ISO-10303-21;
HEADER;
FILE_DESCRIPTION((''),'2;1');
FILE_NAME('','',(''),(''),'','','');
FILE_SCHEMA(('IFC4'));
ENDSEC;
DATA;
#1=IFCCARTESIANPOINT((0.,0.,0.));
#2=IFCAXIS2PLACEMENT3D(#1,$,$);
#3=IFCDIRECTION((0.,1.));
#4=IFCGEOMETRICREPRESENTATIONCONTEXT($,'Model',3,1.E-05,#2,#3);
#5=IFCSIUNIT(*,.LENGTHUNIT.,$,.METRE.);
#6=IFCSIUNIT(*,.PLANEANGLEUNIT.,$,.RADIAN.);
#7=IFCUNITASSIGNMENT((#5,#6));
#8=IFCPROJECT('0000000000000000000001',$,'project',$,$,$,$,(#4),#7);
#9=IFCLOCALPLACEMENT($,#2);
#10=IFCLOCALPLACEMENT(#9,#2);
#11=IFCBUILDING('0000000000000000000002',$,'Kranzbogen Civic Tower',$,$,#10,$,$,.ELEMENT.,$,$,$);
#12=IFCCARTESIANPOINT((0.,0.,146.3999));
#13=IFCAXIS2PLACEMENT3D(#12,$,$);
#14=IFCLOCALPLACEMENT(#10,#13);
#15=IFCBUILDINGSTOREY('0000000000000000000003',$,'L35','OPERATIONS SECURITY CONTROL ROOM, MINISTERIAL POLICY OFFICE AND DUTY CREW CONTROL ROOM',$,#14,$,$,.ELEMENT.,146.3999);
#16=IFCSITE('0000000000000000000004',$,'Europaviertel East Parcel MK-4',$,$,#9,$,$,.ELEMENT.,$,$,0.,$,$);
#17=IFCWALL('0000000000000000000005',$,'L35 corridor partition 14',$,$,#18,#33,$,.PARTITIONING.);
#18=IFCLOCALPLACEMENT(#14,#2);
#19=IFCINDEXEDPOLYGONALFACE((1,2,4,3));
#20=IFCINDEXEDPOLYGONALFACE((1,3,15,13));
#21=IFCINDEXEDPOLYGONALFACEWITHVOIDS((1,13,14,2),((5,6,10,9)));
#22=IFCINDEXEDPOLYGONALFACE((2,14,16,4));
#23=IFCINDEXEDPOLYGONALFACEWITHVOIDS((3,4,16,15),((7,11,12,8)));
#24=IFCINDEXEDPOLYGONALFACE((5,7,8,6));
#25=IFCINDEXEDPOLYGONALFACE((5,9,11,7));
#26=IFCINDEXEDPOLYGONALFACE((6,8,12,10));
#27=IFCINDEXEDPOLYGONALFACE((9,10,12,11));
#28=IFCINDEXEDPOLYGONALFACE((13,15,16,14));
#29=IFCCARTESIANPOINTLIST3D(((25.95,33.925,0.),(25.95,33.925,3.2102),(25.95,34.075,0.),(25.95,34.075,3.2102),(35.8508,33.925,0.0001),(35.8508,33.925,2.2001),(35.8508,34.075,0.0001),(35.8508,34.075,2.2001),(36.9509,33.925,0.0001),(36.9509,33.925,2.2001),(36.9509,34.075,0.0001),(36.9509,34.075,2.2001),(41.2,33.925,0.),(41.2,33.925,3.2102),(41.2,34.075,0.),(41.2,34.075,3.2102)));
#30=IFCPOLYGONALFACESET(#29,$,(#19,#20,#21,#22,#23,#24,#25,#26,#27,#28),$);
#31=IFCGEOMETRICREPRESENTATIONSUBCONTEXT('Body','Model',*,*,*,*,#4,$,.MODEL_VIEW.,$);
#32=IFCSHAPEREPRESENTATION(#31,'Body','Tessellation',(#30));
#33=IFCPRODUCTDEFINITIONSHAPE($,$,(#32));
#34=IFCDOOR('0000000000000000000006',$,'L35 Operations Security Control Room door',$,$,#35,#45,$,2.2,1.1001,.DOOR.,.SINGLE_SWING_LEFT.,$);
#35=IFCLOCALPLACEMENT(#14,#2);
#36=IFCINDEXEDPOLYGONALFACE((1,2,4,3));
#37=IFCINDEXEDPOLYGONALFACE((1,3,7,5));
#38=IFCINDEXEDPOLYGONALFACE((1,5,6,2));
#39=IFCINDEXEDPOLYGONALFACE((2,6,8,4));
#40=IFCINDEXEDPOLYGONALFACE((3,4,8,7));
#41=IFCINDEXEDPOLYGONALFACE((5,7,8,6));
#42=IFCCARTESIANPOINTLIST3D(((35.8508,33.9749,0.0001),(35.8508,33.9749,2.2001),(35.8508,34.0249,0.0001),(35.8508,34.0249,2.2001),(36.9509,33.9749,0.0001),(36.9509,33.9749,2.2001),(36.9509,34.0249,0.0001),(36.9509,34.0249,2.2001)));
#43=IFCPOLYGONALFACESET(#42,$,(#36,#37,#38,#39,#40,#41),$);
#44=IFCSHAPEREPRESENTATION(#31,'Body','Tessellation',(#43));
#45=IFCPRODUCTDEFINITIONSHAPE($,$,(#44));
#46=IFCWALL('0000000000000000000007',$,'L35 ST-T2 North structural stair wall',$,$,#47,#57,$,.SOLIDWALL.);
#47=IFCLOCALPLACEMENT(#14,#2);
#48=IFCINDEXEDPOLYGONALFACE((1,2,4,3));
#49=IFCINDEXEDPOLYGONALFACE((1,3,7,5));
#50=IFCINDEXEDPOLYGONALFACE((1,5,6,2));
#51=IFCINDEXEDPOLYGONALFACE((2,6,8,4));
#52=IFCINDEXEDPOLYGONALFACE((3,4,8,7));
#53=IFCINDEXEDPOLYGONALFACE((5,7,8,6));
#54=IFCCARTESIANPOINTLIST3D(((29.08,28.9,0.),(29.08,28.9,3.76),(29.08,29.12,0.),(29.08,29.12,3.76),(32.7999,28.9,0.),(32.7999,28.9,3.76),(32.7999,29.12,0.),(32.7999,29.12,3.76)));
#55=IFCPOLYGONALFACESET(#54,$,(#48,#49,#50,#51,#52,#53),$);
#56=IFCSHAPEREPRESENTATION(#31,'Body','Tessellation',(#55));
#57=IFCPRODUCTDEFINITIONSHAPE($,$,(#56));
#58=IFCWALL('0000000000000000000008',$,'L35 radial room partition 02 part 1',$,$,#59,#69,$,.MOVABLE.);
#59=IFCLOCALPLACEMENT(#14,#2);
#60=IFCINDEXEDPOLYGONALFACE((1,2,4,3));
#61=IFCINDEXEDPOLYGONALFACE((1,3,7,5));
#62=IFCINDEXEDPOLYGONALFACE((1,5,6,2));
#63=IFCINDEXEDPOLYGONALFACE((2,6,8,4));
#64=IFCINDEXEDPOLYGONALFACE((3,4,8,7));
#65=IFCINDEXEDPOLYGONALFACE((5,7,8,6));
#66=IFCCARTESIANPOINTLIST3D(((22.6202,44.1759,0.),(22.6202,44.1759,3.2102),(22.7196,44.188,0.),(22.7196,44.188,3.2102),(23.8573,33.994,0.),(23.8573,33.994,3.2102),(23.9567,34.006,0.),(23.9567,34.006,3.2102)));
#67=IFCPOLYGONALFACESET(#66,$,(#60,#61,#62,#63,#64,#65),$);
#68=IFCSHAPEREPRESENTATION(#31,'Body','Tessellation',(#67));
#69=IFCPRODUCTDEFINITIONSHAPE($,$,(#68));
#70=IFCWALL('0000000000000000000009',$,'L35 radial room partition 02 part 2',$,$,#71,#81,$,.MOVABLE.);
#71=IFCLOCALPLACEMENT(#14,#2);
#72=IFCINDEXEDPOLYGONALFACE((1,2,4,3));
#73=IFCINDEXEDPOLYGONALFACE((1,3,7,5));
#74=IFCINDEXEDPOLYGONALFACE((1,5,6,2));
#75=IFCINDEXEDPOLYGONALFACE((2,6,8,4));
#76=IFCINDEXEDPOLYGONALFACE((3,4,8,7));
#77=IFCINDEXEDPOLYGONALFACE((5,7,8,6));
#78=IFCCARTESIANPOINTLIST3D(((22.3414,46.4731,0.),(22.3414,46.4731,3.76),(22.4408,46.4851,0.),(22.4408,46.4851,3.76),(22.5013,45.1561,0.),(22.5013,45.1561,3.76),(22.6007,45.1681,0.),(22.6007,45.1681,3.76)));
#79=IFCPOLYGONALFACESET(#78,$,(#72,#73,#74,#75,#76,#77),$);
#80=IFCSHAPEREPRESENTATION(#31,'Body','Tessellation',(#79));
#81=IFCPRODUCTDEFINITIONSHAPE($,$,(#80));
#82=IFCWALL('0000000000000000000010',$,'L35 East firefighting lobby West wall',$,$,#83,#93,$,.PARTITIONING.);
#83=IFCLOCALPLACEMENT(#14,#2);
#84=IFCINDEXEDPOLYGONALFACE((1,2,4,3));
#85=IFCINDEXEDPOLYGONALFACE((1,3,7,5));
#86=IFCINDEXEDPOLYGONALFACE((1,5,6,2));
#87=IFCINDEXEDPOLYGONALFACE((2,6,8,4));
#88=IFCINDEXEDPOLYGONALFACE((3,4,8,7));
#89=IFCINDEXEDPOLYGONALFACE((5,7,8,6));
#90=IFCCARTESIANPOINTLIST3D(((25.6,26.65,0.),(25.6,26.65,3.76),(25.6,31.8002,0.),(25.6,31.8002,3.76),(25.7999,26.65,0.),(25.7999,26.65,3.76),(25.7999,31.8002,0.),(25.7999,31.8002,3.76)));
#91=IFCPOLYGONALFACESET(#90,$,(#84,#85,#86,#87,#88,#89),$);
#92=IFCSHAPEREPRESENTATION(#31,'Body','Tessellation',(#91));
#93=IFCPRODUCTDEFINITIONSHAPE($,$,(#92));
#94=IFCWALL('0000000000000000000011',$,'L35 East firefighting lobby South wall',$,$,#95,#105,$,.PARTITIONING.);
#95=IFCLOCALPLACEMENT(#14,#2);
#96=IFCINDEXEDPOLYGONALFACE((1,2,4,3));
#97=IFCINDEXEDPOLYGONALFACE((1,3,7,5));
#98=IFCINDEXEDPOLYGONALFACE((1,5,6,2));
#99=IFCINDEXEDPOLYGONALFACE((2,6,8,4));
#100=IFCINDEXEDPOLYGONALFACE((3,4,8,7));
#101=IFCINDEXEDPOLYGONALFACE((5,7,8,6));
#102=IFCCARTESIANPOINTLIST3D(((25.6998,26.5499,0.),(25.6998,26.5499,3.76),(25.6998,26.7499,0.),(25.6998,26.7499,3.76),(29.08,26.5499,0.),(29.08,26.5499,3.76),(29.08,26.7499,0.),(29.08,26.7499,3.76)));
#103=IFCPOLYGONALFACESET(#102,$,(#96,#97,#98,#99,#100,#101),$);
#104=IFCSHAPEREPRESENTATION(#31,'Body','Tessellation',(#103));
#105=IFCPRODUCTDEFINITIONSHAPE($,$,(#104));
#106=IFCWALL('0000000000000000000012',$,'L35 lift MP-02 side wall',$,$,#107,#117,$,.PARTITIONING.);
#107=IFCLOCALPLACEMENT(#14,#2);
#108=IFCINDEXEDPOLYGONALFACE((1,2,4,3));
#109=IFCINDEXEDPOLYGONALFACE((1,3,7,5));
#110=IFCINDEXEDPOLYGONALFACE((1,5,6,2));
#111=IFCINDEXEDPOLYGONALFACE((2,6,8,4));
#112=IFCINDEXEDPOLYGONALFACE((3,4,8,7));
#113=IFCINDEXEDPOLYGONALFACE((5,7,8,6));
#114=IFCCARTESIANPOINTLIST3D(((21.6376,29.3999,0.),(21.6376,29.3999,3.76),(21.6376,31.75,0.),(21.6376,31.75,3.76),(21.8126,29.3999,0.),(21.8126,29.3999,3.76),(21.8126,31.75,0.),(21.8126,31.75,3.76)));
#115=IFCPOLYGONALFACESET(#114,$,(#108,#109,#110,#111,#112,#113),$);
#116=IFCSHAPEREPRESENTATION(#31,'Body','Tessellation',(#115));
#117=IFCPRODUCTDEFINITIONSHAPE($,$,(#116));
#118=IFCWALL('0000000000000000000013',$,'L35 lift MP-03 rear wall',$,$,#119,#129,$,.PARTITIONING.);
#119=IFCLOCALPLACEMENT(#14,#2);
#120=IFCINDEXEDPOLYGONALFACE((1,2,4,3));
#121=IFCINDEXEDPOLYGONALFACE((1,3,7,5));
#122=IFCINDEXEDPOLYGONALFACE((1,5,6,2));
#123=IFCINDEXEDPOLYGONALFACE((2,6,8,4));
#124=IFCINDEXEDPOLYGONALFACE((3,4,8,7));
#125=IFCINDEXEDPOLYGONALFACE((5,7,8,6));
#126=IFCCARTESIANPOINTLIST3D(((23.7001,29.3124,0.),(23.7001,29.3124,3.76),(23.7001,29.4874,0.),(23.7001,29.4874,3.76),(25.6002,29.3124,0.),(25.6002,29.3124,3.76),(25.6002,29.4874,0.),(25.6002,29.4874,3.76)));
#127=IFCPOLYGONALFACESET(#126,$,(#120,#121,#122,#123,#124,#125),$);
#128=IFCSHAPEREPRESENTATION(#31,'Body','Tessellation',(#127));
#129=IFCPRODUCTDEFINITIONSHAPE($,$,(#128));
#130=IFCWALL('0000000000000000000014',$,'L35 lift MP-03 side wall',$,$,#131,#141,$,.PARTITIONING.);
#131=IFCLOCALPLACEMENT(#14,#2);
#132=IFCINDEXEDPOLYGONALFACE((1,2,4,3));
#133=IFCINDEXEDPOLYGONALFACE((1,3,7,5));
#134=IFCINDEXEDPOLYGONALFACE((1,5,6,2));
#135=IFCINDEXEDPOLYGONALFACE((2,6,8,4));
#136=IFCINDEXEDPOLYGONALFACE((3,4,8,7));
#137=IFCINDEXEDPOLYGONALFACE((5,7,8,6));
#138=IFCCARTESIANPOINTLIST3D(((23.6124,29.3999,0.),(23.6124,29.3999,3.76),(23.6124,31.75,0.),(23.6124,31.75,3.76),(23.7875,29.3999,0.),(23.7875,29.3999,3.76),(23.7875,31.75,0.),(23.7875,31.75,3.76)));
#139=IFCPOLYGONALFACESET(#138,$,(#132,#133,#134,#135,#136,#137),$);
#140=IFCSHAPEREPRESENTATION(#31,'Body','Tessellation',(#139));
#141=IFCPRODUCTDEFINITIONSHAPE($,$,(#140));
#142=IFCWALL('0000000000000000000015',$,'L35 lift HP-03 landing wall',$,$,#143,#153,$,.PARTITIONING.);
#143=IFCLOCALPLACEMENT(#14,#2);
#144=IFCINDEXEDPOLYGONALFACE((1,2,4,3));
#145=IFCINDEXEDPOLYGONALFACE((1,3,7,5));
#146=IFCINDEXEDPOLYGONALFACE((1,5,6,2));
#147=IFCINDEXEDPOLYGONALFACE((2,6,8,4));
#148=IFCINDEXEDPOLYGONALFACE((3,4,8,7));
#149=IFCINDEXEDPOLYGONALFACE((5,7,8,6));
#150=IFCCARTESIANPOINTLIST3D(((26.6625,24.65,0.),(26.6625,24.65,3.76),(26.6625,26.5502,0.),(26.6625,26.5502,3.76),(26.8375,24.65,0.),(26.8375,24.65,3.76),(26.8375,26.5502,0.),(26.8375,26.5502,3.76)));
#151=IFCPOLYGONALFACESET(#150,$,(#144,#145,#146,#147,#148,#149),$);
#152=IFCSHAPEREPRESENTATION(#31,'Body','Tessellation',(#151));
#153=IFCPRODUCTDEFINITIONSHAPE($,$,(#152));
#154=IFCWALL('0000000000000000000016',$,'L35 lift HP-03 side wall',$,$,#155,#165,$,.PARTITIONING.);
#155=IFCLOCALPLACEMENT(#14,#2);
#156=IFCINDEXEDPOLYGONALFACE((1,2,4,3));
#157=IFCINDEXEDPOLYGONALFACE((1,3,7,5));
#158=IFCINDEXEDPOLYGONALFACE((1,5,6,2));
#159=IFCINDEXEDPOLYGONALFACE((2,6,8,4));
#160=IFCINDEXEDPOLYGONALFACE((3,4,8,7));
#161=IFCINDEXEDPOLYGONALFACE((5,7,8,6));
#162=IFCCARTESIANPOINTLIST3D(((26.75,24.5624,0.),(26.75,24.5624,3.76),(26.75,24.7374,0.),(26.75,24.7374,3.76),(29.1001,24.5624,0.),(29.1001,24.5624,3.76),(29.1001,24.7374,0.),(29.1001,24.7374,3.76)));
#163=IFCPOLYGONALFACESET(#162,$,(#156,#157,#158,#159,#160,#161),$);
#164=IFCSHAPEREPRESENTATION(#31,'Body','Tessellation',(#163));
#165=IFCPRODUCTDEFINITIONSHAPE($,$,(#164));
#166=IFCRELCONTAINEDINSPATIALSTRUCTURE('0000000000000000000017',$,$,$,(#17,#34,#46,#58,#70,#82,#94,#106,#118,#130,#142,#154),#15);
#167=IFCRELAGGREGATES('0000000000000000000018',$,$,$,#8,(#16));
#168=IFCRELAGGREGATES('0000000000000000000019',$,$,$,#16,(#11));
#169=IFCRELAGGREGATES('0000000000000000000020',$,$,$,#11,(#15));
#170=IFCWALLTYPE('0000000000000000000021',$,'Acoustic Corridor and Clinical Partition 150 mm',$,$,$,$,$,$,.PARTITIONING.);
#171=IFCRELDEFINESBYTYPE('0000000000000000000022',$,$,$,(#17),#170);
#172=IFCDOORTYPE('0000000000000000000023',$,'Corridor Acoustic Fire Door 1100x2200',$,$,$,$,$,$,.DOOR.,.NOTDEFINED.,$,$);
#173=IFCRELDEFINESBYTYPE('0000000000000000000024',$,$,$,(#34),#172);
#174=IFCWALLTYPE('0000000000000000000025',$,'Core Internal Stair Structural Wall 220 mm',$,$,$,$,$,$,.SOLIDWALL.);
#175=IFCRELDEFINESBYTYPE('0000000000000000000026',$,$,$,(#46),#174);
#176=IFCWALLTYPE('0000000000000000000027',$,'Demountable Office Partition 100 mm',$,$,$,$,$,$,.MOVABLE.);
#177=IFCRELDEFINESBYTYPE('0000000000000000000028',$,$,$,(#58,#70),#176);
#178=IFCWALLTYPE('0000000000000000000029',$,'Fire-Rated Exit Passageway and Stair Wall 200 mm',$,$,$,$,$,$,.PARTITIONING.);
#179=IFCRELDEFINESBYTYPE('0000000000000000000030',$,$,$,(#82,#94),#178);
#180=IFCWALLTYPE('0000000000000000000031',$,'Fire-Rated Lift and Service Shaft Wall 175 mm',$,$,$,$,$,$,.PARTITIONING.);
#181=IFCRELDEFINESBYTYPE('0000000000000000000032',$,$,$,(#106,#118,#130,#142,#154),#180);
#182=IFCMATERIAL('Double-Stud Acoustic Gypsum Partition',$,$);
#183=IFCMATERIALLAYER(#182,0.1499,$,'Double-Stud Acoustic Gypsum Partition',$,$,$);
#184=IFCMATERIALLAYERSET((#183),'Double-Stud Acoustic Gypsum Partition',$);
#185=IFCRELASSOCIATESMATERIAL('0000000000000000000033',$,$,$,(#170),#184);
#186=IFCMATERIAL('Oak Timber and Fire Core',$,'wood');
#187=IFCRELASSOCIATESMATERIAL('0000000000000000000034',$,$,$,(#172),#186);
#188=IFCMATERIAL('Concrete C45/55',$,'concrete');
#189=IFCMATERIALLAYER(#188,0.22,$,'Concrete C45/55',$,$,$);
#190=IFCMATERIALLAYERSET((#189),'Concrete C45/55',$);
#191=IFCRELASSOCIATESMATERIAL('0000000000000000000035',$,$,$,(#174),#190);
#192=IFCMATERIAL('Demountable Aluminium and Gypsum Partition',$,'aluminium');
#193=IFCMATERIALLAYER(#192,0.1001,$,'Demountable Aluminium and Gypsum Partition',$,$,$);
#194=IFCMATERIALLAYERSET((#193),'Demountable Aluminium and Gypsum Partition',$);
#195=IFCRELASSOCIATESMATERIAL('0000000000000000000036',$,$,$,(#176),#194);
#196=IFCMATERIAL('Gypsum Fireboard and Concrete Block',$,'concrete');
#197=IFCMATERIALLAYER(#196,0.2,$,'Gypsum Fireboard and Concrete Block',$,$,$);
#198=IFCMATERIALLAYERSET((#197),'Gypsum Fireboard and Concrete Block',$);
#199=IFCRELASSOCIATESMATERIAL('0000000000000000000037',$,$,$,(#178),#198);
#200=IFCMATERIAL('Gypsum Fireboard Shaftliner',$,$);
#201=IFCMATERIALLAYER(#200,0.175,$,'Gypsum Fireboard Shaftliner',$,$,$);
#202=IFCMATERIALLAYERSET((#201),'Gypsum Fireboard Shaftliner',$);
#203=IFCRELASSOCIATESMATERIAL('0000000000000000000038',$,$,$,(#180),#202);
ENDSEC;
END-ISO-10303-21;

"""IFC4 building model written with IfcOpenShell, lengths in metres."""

from ifc_helpers import new_model, si_unit, direction, frame, frame_2d, origin, place, context, subcontext, project, spatial, rectangle, extrude, material, layer, layer_set, type_object, element, fill, save


model = new_model("IFC4")

# Units and contexts
model_context = context("Model", 3, precision=1e-05, world=origin(), true_north=direction((0.0, 1.0)))
body_context = subcontext(model_context, "Body", "Model", "MODEL_VIEW")
ifc_project = project(units=[si_unit("LENGTHUNIT", "METRE"), si_unit("PLANEANGLEUNIT", "RADIAN")], contexts=[model_context])

# Site, building, storey
site_placement = place(None, origin())
site = spatial("IfcSite", under=ifc_project, at=site_placement, Name="Europaviertel East Parcel MK-4", CompositionType="ELEMENT", RefElevation=0.0)
building_placement = place(site_placement, origin())
building = spatial("IfcBuilding", under=site, at=building_placement, Name="Kranzbogen Civic Tower", CompositionType="ELEMENT")
storey_placement = place(building_placement, frame((0.0, 0.0, 146.3999)))
storey = spatial("IfcBuildingStorey", under=building, at=storey_placement, Name="L35", Description="OPERATIONS SECURITY CONTROL ROOM, MINISTERIAL POLICY OFFICE AND DUTY CREW CONTROL ROOM", CompositionType="ELEMENT", Elevation=146.3999)

# Shared definitions
ifc_material_1 = material(Name="Double-Stud Acoustic Gypsum Partition")
ifc_layer_1 = layer(ifc_material_1, 0.1499, Name="Double-Stud Acoustic Gypsum Partition")
ifc_layer_set_1 = layer_set([ifc_layer_1], Name="Double-Stud Acoustic Gypsum Partition")
wall_type_1 = type_object("IfcWallType", Name="Acoustic Corridor and Clinical Partition 150 mm", PredefinedType="PARTITIONING", material=ifc_layer_set_1)

# Shared definitions
ifc_material_2 = material(Name="Oak Timber and Fire Core", Category="wood")
door_type_1 = type_object("IfcDoorType", Name="Corridor Acoustic Fire Door 1100x2200", OperationType="NOTDEFINED", PredefinedType="DOOR", material=ifc_material_2)

# Wall, opening, door
wall_1_placement = place(storey_placement, frame((25.95, 34.0, 0.0), z_axis=(0.0, 0.0, 1.0), x_axis=(1.0, 0.0, 0.0)))
wall_1 = element("IfcWall", 1, at=wall_1_placement, inside=storey, type_object=wall_type_1, Name="L35 corridor partition 14", PredefinedType="PARTITIONING", context=body_context, shape_type="SweptSolid", body=[
    extrude(rectangle(XDim=15.25, YDim=0.1499, at=frame_2d((7.625, 0.0))), origin(), (0.0, 0.0, 1.0), 3.2102),
])
opening_1_placement = place(wall_1_placement, frame((9.9009, 0.0, 0.0)))
opening_1 = element("IfcOpeningElement", 2, at=opening_1_placement, cuts=wall_1, PredefinedType="OPENING", context=body_context, shape_type="SweptSolid", body=[
    extrude(rectangle(XDim=1.1001, YDim=2.2, at=frame_2d((0.55, 1.1001))), frame((0.0, 0.085, 0.0), z_axis=(0.0, -1.0, 0.0), x_axis=(1.0, 0.0, 0.0)), (0.0, 0.0, 1.0), 0.1699),
])
door_1_placement = place(opening_1_placement, origin())
door_1 = element("IfcDoor", 3, at=door_1_placement, inside=storey, type_object=door_type_1, Name="L35 Operations Security Control Room door", OperationType="SINGLE_SWING_LEFT", OverallHeight=2.2, OverallWidth=1.1001, PredefinedType="DOOR", context=body_context, shape_type="SweptSolid", body=[
    extrude(rectangle(XDim=1.1001, YDim=2.2, at=frame_2d((0.55, 1.1001))), frame((0.0, 0.0249, 0.0), z_axis=(0.0, -1.0, 0.0), x_axis=(1.0, 0.0, 0.0)), (0.0, 0.0, 1.0), 0.05),
])
fill(opening_1, door_1)

# Walls
ifc_material_3 = material(Name="Concrete C45/55", Category="concrete")
ifc_layer_2 = layer(ifc_material_3, 0.22, Name="Concrete C45/55")
ifc_layer_set_2 = layer_set([ifc_layer_2], Name="Concrete C45/55")
wall_type_2 = type_object("IfcWallType", Name="Core Internal Stair Structural Wall 220 mm", PredefinedType="SOLIDWALL", material=ifc_layer_set_2)
wall_2_placement = place(storey_placement, frame((29.0801, 29.01, 0.0), z_axis=(0.0, 0.0, 1.0), x_axis=(1.0, 0.0, 0.0)))
element("IfcWall", 4, at=wall_2_placement, inside=storey, type_object=wall_type_2, Name="L35 ST-T2 North structural stair wall", PredefinedType="SOLIDWALL", context=body_context, shape_type="SweptSolid", body=[
    extrude(rectangle(XDim=3.72, YDim=0.22, at=frame_2d((1.8599, 0.0))), origin(), (0.0, 0.0, 1.0), 3.76),
])
ifc_material_4 = material(Name="Demountable Aluminium and Gypsum Partition", Category="aluminium")
ifc_layer_3 = layer(ifc_material_4, 0.1001, Name="Demountable Aluminium and Gypsum Partition")
ifc_layer_set_3 = layer_set([ifc_layer_3], Name="Demountable Aluminium and Gypsum Partition")
wall_type_3 = type_object("IfcWallType", Name="Demountable Office Partition 100 mm", PredefinedType="MOVABLE", material=ifc_layer_set_3)
wall_3_placement = place(storey_placement, frame((23.907, 34.0, 0.0), z_axis=(0.0, 0.0, 1.0), x_axis=(-0.120609, 0.9927, 0.0)))
element("IfcWall", 5, at=wall_3_placement, inside=storey, type_object=wall_type_3, Name="L35 radial room partition 02 part 1", PredefinedType="MOVABLE", context=body_context, shape_type="SweptSolid", body=[
    extrude(rectangle(XDim=10.2568, YDim=0.1001, at=frame_2d((5.1284, 0.0))), origin(), (0.0, 0.0, 1.0), 3.2102),
])
wall_4_placement = place(storey_placement, frame((22.551, 45.1621, 0.0), z_axis=(0.0, 0.0, 1.0), x_axis=(-0.120546, 0.992708, 0.0)))
element("IfcWall", 6, at=wall_4_placement, inside=storey, type_object=wall_type_3, Name="L35 radial room partition 02 part 2", PredefinedType="MOVABLE", context=body_context, shape_type="SweptSolid", body=[
    extrude(rectangle(XDim=1.3267, YDim=0.1001, at=frame_2d((0.6633, 0.0))), origin(), (0.0, 0.0, 1.0), 3.76),
])
ifc_material_5 = material(Name="Gypsum Fireboard and Concrete Block", Category="concrete")
ifc_layer_4 = layer(ifc_material_5, 0.2, Name="Gypsum Fireboard and Concrete Block")
ifc_layer_set_4 = layer_set([ifc_layer_4], Name="Gypsum Fireboard and Concrete Block")
wall_type_4 = type_object("IfcWallType", Name="Fire-Rated Exit Passageway and Stair Wall 200 mm", PredefinedType="PARTITIONING", material=ifc_layer_set_4)
wall_5_placement = place(storey_placement, frame((25.7, 26.6499, 0.0), z_axis=(0.0, 0.0, 1.0), x_axis=(0.0, 1.0, 0.0)))
element("IfcWall", 7, at=wall_5_placement, inside=storey, type_object=wall_type_4, Name="L35 East firefighting lobby West wall", PredefinedType="PARTITIONING", context=body_context, shape_type="SweptSolid", body=[
    extrude(rectangle(XDim=5.1501, YDim=0.2, at=frame_2d((2.5752, 0.0))), origin(), (0.0, 0.0, 1.0), 3.76),
])
wall_6_placement = place(storey_placement, frame((25.7, 26.6499, 0.0), z_axis=(0.0, 0.0, 1.0), x_axis=(1.0, 0.0, 0.0)))
element("IfcWall", 8, at=wall_6_placement, inside=storey, type_object=wall_type_4, Name="L35 East firefighting lobby South wall", PredefinedType="PARTITIONING", context=body_context, shape_type="SweptSolid", body=[
    extrude(rectangle(XDim=3.3801, YDim=0.2, at=frame_2d((1.6899, 0.0))), origin(), (0.0, 0.0, 1.0), 3.76),
])
ifc_material_6 = material(Name="Gypsum Fireboard Shaftliner")
ifc_layer_5 = layer(ifc_material_6, 0.175, Name="Gypsum Fireboard Shaftliner")
ifc_layer_set_5 = layer_set([ifc_layer_5], Name="Gypsum Fireboard Shaftliner")
wall_type_5 = type_object("IfcWallType", Name="Fire-Rated Lift and Service Shaft Wall 175 mm", PredefinedType="PARTITIONING", material=ifc_layer_set_5)
wall_7_placement = place(storey_placement, frame((21.7251, 29.3999, 0.0), z_axis=(0.0, 0.0, 1.0), x_axis=(0.0, 1.0, 0.0)))
element("IfcWall", 9, at=wall_7_placement, inside=storey, type_object=wall_type_5, Name="L35 lift MP-02 side wall", PredefinedType="PARTITIONING", context=body_context, shape_type="SweptSolid", body=[
    extrude(rectangle(XDim=2.3501, YDim=0.175, at=frame_2d((1.175, 0.0))), origin(), (0.0, 0.0, 1.0), 3.76),
])
wall_8_placement = place(storey_placement, frame((23.7, 29.3999, 0.0), z_axis=(0.0, 0.0, 1.0), x_axis=(1.0, 0.0, 0.0)))
element("IfcWall", 10, at=wall_8_placement, inside=storey, type_object=wall_type_5, Name="L35 lift MP-03 rear wall", PredefinedType="PARTITIONING", context=body_context, shape_type="SweptSolid", body=[
    extrude(rectangle(XDim=1.9001, YDim=0.175, at=frame_2d((0.9502, 0.0))), origin(), (0.0, 0.0, 1.0), 3.76),
])
wall_9_placement = place(storey_placement, frame((23.7, 29.3999, 0.0), z_axis=(0.0, 0.0, 1.0), x_axis=(0.0, 1.0, 0.0)))
element("IfcWall", 11, at=wall_9_placement, inside=storey, type_object=wall_type_5, Name="L35 lift MP-03 side wall", PredefinedType="PARTITIONING", context=body_context, shape_type="SweptSolid", body=[
    extrude(rectangle(XDim=2.3501, YDim=0.175, at=frame_2d((1.175, 0.0))), origin(), (0.0, 0.0, 1.0), 3.76),
])
wall_10_placement = place(storey_placement, frame((26.75, 24.6499, 0.0), z_axis=(0.0, 0.0, 1.0), x_axis=(0.0, 1.0, 0.0)))
element("IfcWall", 12, at=wall_10_placement, inside=storey, type_object=wall_type_5, Name="L35 lift HP-03 landing wall", PredefinedType="PARTITIONING", context=body_context, shape_type="SweptSolid", body=[
    extrude(rectangle(XDim=1.9001, YDim=0.175, at=frame_2d((0.9502, 0.0))), origin(), (0.0, 0.0, 1.0), 3.76),
])
wall_11_placement = place(storey_placement, frame((26.75, 24.6499, 0.0), z_axis=(0.0, 0.0, 1.0), x_axis=(1.0, 0.0, 0.0)))
element("IfcWall", 13, at=wall_11_placement, inside=storey, type_object=wall_type_5, Name="L35 lift HP-03 side wall", PredefinedType="PARTITIONING", context=body_context, shape_type="SweptSolid", body=[
    extrude(rectangle(XDim=2.3501, YDim=0.175, at=frame_2d((1.175, 0.0))), origin(), (0.0, 0.0, 1.0), 3.76),
])

save(model, "model.ifc")
